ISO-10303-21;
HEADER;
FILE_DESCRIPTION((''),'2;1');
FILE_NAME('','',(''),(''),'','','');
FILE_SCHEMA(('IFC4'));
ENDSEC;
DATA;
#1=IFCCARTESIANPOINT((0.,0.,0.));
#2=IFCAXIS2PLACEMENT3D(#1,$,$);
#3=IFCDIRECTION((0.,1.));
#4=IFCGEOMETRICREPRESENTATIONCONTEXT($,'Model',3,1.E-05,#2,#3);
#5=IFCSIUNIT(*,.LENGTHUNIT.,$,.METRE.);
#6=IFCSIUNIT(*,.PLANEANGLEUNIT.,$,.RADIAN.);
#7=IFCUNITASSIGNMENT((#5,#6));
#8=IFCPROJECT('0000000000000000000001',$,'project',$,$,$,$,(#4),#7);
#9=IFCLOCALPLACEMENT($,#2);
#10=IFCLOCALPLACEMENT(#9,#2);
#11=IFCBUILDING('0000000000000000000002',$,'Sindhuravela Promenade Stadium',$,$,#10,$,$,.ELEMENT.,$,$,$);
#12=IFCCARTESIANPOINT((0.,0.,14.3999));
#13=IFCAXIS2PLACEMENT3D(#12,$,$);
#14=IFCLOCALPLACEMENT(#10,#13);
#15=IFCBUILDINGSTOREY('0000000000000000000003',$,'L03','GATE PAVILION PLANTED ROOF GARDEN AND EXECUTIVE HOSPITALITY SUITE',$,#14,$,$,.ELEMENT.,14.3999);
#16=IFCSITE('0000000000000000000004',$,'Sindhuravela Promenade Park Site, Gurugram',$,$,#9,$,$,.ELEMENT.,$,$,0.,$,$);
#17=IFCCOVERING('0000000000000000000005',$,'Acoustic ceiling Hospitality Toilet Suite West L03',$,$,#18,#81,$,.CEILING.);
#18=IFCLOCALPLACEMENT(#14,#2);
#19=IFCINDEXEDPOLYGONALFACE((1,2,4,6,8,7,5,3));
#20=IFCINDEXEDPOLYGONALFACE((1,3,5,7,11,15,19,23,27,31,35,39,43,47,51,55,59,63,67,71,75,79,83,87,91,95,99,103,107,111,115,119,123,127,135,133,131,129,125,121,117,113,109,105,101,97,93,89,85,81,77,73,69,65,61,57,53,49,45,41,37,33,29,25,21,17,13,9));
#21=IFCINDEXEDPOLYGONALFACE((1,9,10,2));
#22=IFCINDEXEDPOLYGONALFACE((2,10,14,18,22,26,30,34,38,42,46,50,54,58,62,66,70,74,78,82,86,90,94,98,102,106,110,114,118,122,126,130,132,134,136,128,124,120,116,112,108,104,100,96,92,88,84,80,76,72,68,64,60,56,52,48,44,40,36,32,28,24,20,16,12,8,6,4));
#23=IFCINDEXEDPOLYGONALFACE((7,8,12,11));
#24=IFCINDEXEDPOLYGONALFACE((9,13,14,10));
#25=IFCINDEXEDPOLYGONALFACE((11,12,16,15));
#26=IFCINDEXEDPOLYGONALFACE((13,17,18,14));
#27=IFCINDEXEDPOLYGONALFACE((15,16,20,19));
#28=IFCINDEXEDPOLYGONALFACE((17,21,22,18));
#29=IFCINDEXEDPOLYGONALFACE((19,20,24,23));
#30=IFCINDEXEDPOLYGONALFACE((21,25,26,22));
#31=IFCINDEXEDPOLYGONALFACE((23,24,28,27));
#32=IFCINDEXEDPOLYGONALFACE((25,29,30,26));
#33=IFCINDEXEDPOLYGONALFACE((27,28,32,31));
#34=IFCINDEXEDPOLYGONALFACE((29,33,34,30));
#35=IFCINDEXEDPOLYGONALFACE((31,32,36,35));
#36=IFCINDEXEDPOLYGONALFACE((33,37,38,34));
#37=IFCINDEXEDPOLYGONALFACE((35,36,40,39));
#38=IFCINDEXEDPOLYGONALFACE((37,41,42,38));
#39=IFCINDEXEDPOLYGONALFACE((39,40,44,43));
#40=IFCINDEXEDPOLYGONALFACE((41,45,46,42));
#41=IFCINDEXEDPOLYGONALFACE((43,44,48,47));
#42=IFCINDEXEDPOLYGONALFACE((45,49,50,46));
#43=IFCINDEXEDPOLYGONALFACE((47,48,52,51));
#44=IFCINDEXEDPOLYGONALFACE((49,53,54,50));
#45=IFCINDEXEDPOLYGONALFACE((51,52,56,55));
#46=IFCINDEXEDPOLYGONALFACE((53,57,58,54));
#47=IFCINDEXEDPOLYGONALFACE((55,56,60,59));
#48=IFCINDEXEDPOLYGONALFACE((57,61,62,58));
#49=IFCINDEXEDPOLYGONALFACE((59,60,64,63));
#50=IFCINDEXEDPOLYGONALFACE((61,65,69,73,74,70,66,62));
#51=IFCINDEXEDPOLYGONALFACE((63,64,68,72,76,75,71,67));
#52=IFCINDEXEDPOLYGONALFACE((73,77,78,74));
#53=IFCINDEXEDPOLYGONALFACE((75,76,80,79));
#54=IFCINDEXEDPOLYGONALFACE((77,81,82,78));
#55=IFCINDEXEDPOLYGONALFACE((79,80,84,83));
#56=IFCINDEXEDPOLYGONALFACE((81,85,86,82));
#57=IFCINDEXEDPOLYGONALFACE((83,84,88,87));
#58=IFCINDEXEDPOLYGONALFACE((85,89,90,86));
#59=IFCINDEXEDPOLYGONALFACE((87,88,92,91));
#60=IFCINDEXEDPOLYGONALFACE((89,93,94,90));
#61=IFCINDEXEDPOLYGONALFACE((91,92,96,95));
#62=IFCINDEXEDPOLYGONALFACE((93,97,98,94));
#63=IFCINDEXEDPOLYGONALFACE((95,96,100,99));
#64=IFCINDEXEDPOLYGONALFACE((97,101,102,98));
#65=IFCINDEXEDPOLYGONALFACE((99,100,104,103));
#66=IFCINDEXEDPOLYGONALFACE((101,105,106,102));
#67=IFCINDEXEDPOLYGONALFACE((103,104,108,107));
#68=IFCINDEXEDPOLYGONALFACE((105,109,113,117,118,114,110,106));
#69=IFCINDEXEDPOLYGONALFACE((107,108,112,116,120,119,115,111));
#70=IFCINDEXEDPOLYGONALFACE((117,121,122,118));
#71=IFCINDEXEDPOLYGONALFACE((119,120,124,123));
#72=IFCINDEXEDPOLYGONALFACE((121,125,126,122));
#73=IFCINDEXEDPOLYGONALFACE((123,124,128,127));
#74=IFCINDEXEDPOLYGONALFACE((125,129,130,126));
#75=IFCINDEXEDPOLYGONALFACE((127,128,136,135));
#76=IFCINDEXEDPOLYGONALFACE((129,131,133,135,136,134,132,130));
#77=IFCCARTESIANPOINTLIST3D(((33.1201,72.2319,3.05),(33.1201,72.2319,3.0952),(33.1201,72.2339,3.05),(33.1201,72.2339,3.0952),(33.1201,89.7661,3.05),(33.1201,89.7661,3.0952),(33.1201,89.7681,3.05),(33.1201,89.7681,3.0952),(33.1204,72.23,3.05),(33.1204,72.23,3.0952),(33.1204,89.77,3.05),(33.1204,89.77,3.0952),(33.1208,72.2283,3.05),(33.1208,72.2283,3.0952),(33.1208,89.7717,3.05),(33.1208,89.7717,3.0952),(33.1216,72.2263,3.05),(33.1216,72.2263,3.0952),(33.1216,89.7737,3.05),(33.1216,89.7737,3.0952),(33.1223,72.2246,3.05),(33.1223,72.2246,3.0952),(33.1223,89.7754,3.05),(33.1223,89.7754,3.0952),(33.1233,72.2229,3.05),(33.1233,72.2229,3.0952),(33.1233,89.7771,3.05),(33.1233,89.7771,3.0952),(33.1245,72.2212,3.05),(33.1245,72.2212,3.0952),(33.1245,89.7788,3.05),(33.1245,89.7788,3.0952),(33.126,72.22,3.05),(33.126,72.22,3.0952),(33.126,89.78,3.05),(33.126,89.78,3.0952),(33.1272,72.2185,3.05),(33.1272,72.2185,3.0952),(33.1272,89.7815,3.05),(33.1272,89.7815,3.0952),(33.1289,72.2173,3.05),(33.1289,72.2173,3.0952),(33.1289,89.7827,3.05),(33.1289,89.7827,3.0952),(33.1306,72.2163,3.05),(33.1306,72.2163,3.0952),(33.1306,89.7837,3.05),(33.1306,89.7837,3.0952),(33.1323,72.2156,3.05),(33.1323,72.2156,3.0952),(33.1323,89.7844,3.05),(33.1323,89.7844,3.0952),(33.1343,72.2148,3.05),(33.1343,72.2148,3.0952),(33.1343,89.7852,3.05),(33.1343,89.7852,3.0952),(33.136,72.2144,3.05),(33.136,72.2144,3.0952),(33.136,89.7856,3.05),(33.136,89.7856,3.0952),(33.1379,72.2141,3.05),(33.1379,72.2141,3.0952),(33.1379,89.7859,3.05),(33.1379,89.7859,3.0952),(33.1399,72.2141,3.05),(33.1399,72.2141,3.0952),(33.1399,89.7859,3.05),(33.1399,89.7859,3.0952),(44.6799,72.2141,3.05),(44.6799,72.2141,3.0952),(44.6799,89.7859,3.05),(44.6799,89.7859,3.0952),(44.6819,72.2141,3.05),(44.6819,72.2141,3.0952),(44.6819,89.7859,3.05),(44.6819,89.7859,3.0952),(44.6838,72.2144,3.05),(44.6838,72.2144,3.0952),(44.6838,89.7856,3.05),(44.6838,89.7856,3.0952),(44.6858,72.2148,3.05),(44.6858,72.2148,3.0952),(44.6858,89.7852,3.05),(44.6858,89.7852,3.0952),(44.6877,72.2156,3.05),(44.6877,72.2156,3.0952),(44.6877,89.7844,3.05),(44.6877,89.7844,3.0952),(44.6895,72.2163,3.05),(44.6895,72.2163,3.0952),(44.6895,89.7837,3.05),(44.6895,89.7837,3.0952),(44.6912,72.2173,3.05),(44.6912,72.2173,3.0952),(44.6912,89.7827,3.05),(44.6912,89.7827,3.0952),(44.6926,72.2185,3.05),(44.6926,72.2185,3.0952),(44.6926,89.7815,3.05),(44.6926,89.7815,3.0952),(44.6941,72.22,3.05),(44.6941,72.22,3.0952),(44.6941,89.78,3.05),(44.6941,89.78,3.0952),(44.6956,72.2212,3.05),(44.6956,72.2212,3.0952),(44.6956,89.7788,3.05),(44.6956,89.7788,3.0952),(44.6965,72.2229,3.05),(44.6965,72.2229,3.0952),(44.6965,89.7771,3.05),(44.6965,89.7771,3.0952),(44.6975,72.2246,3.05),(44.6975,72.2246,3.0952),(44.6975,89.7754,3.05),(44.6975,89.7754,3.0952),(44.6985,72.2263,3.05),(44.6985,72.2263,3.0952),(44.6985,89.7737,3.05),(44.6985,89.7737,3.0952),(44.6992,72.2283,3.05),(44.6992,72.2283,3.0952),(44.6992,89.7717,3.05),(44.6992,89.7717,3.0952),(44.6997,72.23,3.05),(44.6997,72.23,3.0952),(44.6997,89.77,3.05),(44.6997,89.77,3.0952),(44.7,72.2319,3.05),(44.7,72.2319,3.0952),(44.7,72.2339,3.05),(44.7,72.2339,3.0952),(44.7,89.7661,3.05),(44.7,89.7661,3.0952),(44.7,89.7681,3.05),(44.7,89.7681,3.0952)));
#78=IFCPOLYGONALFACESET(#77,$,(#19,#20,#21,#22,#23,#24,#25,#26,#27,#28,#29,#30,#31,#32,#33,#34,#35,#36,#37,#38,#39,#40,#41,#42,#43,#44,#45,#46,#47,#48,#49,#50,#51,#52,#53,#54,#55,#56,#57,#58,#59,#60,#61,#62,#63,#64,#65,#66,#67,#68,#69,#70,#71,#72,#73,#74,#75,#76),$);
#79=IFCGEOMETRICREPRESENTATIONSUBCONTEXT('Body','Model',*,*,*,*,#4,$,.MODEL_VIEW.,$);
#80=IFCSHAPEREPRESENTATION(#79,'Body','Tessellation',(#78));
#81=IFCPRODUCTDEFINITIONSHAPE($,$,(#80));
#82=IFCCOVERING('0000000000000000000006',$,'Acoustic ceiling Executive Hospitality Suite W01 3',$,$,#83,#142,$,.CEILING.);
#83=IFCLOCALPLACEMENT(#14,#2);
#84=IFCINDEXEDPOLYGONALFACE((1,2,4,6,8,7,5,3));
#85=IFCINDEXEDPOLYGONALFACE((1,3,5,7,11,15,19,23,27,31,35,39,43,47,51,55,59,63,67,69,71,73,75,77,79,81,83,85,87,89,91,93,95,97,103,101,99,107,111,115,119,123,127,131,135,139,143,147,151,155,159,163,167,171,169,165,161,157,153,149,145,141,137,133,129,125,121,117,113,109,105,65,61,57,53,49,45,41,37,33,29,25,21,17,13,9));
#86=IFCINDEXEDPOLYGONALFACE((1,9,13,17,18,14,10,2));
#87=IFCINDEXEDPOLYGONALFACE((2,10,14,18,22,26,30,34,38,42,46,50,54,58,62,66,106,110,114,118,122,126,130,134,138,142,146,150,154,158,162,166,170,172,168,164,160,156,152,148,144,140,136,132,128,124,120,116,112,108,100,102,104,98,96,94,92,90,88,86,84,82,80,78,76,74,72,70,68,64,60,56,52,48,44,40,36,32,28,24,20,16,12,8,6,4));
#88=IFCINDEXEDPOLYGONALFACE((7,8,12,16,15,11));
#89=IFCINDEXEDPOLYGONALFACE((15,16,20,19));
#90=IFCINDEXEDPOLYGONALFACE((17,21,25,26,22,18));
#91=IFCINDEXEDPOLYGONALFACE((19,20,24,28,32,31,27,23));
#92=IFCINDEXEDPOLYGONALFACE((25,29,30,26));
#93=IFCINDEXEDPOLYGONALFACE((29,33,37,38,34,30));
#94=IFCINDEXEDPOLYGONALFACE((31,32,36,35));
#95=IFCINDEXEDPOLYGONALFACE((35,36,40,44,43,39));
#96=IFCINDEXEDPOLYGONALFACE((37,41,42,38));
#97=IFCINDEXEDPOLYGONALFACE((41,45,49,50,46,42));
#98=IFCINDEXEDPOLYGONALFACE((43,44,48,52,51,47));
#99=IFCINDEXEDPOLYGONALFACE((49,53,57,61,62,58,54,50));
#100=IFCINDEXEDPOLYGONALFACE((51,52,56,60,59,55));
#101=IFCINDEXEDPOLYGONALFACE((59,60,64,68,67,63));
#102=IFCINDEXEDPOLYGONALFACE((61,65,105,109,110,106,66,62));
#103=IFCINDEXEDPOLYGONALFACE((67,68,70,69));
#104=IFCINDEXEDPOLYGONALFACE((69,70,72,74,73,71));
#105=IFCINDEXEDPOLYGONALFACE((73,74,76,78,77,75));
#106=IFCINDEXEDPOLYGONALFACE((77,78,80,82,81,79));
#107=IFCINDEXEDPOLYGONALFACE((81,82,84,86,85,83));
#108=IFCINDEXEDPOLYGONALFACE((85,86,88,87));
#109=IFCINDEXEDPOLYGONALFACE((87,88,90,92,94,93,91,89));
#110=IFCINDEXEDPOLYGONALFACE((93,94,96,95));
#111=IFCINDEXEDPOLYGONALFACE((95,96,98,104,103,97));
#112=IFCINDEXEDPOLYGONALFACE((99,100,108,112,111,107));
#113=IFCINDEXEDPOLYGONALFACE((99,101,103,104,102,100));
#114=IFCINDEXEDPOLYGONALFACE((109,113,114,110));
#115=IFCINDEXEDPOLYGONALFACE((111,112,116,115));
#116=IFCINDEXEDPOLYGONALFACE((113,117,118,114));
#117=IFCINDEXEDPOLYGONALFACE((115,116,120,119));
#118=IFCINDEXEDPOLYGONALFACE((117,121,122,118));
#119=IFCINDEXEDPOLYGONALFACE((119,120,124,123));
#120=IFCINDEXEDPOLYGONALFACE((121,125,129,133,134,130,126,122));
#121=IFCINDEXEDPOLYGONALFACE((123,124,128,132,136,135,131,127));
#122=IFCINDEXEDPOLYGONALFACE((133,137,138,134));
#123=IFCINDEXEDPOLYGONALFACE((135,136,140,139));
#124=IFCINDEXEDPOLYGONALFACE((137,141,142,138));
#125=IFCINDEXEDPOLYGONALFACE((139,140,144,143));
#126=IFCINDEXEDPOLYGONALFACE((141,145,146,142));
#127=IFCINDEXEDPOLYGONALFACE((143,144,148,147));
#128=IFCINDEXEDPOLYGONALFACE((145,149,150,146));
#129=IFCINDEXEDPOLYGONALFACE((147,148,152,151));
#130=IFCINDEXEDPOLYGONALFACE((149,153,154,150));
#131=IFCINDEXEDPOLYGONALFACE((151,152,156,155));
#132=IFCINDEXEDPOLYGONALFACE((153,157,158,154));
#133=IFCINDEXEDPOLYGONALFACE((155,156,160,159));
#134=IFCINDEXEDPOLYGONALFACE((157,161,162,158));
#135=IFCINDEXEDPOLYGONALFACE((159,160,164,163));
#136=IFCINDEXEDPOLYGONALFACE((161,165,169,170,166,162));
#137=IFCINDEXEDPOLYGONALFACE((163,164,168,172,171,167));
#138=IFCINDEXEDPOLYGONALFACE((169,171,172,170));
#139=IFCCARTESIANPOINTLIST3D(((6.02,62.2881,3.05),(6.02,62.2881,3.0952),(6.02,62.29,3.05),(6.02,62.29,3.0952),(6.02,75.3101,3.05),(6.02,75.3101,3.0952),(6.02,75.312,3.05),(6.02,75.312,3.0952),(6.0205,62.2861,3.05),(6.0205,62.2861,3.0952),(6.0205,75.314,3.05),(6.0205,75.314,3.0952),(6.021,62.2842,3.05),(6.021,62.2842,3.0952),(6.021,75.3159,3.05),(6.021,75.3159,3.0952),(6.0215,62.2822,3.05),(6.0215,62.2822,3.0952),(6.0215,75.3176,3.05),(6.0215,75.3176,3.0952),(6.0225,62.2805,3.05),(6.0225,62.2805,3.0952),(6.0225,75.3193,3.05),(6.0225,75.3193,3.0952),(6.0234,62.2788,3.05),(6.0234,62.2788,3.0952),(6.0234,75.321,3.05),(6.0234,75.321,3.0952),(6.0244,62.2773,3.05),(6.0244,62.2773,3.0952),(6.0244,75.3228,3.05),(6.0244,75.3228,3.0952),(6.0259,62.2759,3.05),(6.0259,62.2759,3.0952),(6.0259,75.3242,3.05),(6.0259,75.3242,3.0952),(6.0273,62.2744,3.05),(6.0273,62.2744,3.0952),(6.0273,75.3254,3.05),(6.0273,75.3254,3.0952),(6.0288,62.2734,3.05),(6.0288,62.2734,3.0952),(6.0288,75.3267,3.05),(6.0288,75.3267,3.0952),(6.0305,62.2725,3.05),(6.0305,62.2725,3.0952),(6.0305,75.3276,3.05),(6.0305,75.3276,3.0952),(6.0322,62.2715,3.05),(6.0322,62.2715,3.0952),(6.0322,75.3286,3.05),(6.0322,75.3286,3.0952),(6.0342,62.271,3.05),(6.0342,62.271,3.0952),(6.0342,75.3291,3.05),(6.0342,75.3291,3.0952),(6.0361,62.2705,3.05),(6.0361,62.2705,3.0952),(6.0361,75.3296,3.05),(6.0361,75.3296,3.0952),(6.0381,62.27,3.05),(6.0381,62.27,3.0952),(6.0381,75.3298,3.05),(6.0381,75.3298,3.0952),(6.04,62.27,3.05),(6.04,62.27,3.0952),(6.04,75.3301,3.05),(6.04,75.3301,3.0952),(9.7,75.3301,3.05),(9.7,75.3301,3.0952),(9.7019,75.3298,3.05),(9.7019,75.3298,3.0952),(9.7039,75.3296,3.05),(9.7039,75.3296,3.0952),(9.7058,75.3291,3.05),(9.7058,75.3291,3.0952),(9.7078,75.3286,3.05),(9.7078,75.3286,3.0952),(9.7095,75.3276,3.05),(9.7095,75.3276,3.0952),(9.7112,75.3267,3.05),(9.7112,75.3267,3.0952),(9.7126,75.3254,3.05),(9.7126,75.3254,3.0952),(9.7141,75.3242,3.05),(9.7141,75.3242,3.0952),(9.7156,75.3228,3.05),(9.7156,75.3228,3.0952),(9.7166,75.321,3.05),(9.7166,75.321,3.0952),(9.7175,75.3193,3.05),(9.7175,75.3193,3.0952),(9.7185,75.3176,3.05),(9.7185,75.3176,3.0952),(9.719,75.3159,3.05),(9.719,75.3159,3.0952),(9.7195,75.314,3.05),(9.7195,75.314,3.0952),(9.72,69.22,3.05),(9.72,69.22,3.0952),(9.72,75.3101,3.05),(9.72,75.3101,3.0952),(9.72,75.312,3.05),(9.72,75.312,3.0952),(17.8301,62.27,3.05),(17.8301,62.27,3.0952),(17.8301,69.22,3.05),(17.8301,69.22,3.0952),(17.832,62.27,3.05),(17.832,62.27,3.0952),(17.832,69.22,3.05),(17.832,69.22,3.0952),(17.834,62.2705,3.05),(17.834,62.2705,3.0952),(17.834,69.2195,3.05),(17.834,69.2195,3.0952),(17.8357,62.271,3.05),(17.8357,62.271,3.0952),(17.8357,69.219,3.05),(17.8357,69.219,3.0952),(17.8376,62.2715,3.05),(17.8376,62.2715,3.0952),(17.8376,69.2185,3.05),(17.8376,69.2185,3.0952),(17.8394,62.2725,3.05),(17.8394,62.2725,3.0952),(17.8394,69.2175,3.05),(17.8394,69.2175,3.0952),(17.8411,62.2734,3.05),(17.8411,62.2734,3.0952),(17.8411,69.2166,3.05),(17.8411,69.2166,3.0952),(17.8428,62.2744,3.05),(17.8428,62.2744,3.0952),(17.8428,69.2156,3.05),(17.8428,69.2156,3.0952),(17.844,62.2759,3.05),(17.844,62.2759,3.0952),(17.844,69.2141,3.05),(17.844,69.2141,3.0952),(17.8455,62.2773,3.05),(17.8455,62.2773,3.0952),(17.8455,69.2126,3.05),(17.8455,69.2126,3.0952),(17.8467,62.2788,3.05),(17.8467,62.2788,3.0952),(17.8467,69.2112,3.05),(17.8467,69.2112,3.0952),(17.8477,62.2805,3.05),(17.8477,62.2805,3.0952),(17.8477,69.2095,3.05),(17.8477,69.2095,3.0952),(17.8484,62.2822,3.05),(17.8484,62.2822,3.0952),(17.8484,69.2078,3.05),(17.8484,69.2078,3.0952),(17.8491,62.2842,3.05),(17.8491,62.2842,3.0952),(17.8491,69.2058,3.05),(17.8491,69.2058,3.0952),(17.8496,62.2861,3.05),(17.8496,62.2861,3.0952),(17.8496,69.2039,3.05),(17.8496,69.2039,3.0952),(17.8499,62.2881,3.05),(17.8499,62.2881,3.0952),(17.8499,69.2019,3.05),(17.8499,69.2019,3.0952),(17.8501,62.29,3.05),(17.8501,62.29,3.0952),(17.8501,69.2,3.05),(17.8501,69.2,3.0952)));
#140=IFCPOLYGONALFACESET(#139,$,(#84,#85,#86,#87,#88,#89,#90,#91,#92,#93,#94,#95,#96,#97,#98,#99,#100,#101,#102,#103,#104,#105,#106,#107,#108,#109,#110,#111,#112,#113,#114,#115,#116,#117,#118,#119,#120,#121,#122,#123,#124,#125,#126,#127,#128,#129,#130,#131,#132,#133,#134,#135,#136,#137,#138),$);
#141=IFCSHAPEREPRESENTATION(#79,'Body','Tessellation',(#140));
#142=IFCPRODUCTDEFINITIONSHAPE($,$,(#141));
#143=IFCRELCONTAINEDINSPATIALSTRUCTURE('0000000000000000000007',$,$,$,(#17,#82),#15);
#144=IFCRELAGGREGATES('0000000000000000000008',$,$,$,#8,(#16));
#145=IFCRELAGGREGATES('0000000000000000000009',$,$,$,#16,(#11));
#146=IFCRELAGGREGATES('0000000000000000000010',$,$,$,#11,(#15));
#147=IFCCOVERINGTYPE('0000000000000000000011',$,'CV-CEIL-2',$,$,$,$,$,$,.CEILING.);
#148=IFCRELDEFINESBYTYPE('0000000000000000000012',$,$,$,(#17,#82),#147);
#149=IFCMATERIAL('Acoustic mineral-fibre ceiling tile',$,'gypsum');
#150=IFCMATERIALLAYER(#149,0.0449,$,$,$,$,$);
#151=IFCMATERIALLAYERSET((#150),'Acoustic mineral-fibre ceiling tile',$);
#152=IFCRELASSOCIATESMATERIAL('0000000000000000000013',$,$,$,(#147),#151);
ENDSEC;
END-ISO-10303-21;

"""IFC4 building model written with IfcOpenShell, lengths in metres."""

from ifc_helpers import new_model, si_unit, direction, frame, origin, place, context, subcontext, project, spatial, polyline, outline, extrude, material, layer, layer_set, type_object, element, save


model = new_model("IFC4")

# Units and contexts
model_context = context("Model", 3, precision=1e-05, world=origin(), true_north=direction((0.0, 1.0)))
body_context = subcontext(model_context, "Body", "Model", "MODEL_VIEW")
ifc_project = project(units=[si_unit("LENGTHUNIT", "METRE"), si_unit("PLANEANGLEUNIT", "RADIAN")], contexts=[model_context])

# Site, building, storey
site_placement = place(None, origin())
site = spatial("IfcSite", under=ifc_project, at=site_placement, Name="Sindhuravela Promenade Park Site, Gurugram", CompositionType="ELEMENT", RefElevation=0.0)
building_placement = place(site_placement, origin())
building = spatial("IfcBuilding", under=site, at=building_placement, Name="Sindhuravela Promenade Stadium", CompositionType="ELEMENT")
storey_placement = place(building_placement, frame((0.0, 0.0, 14.3999)))
storey = spatial("IfcBuildingStorey", under=building, at=storey_placement, Name="L03", Description="GATE PAVILION PLANTED ROOF GARDEN AND EXECUTIVE HOSPITALITY SUITE", CompositionType="ELEMENT", Elevation=14.3999)

# Coverings
ifc_material_1 = material(Name="Acoustic mineral-fibre ceiling tile", Category="gypsum")
ifc_layer_1 = layer(ifc_material_1, 0.0449)
ifc_layer_set_1 = layer_set([ifc_layer_1], Name="Acoustic mineral-fibre ceiling tile")
covering_type_1 = type_object("IfcCoveringType", Name="CV-CEIL-2", PredefinedType="CEILING", material=ifc_layer_set_1)
covering_1_placement = place(storey_placement, frame((0.0, 0.0, 3.05)))
element("IfcCovering", 1, at=covering_1_placement, inside=storey, type_object=covering_type_1, Name="Acoustic ceiling Hospitality Toilet Suite West L03", PredefinedType="CEILING", context=body_context, shape_type="SweptSolid", body=[
    extrude(outline(polyline([(44.7, 72.2339), (44.7, 72.2319), (44.6997, 72.23), (44.6992, 72.2283), (44.6985, 72.2263), (44.6975, 72.2246), (44.6965, 72.2229), (44.6956, 72.2212), (44.6941, 72.22), (44.6926, 72.2185), (44.6912, 72.2173), (44.6895, 72.2163), (44.6877, 72.2156), (44.6858, 72.2148), (44.6838, 72.2144), (44.6819, 72.2141), (44.6799, 72.2141), (33.1399, 72.2141), (33.1379, 72.2141), (33.136, 72.2144), (33.1343, 72.2148), (33.1323, 72.2156), (33.1306, 72.2163), (33.1289, 72.2173), (33.1272, 72.2185), (33.126, 72.22), (33.1245, 72.2212), (33.1233, 72.2229), (33.1223, 72.2246), (33.1216, 72.2263), (33.1208, 72.2283), (33.1204, 72.23), (33.1201, 72.2319), (33.1201, 72.2339), (33.1201, 89.7661), (33.1201, 89.7681), (33.1204, 89.77), (33.1208, 89.7717), (33.1216, 89.7737), (33.1223, 89.7754), (33.1233, 89.7771), (33.1245, 89.7788), (33.126, 89.78), (33.1272, 89.7815), (33.1289, 89.7827), (33.1306, 89.7837), (33.1323, 89.7844), (33.1343, 89.7852), (33.136, 89.7856), (33.1379, 89.7859), (33.1399, 89.7859), (44.6799, 89.7859), (44.6819, 89.7859), (44.6838, 89.7856), (44.6858, 89.7852), (44.6877, 89.7844), (44.6895, 89.7837), (44.6912, 89.7827), (44.6926, 89.7815), (44.6941, 89.78), (44.6956, 89.7788), (44.6965, 89.7771), (44.6975, 89.7754), (44.6985, 89.7737), (44.6992, 89.7717), (44.6997, 89.77), (44.7, 89.7681), (44.7, 89.7661), (44.7, 72.2339)])), origin(), (0.0, 0.0, 1.0), 0.0452),
])
covering_2_placement = place(storey_placement, frame((0.0, 0.0, 3.05)))
element("IfcCovering", 2, at=covering_2_placement, inside=storey, type_object=covering_type_1, Name="Acoustic ceiling Executive Hospitality Suite W01 3", PredefinedType="CEILING", context=body_context, shape_type="SweptSolid", body=[
    extrude(outline(polyline([(6.04, 62.27), (6.0381, 62.27), (6.0361, 62.2705), (6.0342, 62.271), (6.0322, 62.2715), (6.0305, 62.2725), (6.0288, 62.2734), (6.0273, 62.2744), (6.0259, 62.2759), (6.0244, 62.2773), (6.0234, 62.2788), (6.0225, 62.2805), (6.0215, 62.2822), (6.021, 62.2842), (6.0205, 62.2861), (6.02, 62.2881), (6.02, 62.29), (6.02, 75.3101), (6.02, 75.312), (6.0205, 75.314), (6.021, 75.3159), (6.0215, 75.3176), (6.0225, 75.3193), (6.0234, 75.321), (6.0244, 75.3228), (6.0259, 75.3242), (6.0273, 75.3254), (6.0288, 75.3267), (6.0305, 75.3276), (6.0322, 75.3286), (6.0342, 75.3291), (6.0361, 75.3296), (6.0381, 75.3298), (6.04, 75.3301), (9.7, 75.3301), (9.7019, 75.3298), (9.7039, 75.3296), (9.7058, 75.3291), (9.7078, 75.3286), (9.7095, 75.3276), (9.7112, 75.3267), (9.7126, 75.3254), (9.7141, 75.3242), (9.7156, 75.3228), (9.7166, 75.321), (9.7175, 75.3193), (9.7185, 75.3176), (9.719, 75.3159), (9.7195, 75.314), (9.72, 75.312), (9.72, 75.3101), (9.72, 69.22), (17.8301, 69.22), (17.832, 69.22), (17.834, 69.2195), (17.8357, 69.219), (17.8376, 69.2185), (17.8394, 69.2175), (17.8411, 69.2166), (17.8428, 69.2156), (17.844, 69.2141), (17.8455, 69.2126), (17.8467, 69.2112), (17.8477, 69.2095), (17.8484, 69.2078), (17.8491, 69.2058), (17.8496, 69.2039), (17.8499, 69.2019), (17.8501, 69.2), (17.8501, 62.29), (17.8499, 62.2881), (17.8496, 62.2861), (17.8491, 62.2842), (17.8484, 62.2822), (17.8477, 62.2805), (17.8467, 62.2788), (17.8455, 62.2773), (17.844, 62.2759), (17.8428, 62.2744), (17.8411, 62.2734), (17.8394, 62.2725), (17.8376, 62.2715), (17.8357, 62.271), (17.834, 62.2705), (17.832, 62.27), (17.8301, 62.27), (6.04, 62.27)])), origin(), (0.0, 0.0, 1.0), 0.0452),
])

save(model, "model.ifc")
